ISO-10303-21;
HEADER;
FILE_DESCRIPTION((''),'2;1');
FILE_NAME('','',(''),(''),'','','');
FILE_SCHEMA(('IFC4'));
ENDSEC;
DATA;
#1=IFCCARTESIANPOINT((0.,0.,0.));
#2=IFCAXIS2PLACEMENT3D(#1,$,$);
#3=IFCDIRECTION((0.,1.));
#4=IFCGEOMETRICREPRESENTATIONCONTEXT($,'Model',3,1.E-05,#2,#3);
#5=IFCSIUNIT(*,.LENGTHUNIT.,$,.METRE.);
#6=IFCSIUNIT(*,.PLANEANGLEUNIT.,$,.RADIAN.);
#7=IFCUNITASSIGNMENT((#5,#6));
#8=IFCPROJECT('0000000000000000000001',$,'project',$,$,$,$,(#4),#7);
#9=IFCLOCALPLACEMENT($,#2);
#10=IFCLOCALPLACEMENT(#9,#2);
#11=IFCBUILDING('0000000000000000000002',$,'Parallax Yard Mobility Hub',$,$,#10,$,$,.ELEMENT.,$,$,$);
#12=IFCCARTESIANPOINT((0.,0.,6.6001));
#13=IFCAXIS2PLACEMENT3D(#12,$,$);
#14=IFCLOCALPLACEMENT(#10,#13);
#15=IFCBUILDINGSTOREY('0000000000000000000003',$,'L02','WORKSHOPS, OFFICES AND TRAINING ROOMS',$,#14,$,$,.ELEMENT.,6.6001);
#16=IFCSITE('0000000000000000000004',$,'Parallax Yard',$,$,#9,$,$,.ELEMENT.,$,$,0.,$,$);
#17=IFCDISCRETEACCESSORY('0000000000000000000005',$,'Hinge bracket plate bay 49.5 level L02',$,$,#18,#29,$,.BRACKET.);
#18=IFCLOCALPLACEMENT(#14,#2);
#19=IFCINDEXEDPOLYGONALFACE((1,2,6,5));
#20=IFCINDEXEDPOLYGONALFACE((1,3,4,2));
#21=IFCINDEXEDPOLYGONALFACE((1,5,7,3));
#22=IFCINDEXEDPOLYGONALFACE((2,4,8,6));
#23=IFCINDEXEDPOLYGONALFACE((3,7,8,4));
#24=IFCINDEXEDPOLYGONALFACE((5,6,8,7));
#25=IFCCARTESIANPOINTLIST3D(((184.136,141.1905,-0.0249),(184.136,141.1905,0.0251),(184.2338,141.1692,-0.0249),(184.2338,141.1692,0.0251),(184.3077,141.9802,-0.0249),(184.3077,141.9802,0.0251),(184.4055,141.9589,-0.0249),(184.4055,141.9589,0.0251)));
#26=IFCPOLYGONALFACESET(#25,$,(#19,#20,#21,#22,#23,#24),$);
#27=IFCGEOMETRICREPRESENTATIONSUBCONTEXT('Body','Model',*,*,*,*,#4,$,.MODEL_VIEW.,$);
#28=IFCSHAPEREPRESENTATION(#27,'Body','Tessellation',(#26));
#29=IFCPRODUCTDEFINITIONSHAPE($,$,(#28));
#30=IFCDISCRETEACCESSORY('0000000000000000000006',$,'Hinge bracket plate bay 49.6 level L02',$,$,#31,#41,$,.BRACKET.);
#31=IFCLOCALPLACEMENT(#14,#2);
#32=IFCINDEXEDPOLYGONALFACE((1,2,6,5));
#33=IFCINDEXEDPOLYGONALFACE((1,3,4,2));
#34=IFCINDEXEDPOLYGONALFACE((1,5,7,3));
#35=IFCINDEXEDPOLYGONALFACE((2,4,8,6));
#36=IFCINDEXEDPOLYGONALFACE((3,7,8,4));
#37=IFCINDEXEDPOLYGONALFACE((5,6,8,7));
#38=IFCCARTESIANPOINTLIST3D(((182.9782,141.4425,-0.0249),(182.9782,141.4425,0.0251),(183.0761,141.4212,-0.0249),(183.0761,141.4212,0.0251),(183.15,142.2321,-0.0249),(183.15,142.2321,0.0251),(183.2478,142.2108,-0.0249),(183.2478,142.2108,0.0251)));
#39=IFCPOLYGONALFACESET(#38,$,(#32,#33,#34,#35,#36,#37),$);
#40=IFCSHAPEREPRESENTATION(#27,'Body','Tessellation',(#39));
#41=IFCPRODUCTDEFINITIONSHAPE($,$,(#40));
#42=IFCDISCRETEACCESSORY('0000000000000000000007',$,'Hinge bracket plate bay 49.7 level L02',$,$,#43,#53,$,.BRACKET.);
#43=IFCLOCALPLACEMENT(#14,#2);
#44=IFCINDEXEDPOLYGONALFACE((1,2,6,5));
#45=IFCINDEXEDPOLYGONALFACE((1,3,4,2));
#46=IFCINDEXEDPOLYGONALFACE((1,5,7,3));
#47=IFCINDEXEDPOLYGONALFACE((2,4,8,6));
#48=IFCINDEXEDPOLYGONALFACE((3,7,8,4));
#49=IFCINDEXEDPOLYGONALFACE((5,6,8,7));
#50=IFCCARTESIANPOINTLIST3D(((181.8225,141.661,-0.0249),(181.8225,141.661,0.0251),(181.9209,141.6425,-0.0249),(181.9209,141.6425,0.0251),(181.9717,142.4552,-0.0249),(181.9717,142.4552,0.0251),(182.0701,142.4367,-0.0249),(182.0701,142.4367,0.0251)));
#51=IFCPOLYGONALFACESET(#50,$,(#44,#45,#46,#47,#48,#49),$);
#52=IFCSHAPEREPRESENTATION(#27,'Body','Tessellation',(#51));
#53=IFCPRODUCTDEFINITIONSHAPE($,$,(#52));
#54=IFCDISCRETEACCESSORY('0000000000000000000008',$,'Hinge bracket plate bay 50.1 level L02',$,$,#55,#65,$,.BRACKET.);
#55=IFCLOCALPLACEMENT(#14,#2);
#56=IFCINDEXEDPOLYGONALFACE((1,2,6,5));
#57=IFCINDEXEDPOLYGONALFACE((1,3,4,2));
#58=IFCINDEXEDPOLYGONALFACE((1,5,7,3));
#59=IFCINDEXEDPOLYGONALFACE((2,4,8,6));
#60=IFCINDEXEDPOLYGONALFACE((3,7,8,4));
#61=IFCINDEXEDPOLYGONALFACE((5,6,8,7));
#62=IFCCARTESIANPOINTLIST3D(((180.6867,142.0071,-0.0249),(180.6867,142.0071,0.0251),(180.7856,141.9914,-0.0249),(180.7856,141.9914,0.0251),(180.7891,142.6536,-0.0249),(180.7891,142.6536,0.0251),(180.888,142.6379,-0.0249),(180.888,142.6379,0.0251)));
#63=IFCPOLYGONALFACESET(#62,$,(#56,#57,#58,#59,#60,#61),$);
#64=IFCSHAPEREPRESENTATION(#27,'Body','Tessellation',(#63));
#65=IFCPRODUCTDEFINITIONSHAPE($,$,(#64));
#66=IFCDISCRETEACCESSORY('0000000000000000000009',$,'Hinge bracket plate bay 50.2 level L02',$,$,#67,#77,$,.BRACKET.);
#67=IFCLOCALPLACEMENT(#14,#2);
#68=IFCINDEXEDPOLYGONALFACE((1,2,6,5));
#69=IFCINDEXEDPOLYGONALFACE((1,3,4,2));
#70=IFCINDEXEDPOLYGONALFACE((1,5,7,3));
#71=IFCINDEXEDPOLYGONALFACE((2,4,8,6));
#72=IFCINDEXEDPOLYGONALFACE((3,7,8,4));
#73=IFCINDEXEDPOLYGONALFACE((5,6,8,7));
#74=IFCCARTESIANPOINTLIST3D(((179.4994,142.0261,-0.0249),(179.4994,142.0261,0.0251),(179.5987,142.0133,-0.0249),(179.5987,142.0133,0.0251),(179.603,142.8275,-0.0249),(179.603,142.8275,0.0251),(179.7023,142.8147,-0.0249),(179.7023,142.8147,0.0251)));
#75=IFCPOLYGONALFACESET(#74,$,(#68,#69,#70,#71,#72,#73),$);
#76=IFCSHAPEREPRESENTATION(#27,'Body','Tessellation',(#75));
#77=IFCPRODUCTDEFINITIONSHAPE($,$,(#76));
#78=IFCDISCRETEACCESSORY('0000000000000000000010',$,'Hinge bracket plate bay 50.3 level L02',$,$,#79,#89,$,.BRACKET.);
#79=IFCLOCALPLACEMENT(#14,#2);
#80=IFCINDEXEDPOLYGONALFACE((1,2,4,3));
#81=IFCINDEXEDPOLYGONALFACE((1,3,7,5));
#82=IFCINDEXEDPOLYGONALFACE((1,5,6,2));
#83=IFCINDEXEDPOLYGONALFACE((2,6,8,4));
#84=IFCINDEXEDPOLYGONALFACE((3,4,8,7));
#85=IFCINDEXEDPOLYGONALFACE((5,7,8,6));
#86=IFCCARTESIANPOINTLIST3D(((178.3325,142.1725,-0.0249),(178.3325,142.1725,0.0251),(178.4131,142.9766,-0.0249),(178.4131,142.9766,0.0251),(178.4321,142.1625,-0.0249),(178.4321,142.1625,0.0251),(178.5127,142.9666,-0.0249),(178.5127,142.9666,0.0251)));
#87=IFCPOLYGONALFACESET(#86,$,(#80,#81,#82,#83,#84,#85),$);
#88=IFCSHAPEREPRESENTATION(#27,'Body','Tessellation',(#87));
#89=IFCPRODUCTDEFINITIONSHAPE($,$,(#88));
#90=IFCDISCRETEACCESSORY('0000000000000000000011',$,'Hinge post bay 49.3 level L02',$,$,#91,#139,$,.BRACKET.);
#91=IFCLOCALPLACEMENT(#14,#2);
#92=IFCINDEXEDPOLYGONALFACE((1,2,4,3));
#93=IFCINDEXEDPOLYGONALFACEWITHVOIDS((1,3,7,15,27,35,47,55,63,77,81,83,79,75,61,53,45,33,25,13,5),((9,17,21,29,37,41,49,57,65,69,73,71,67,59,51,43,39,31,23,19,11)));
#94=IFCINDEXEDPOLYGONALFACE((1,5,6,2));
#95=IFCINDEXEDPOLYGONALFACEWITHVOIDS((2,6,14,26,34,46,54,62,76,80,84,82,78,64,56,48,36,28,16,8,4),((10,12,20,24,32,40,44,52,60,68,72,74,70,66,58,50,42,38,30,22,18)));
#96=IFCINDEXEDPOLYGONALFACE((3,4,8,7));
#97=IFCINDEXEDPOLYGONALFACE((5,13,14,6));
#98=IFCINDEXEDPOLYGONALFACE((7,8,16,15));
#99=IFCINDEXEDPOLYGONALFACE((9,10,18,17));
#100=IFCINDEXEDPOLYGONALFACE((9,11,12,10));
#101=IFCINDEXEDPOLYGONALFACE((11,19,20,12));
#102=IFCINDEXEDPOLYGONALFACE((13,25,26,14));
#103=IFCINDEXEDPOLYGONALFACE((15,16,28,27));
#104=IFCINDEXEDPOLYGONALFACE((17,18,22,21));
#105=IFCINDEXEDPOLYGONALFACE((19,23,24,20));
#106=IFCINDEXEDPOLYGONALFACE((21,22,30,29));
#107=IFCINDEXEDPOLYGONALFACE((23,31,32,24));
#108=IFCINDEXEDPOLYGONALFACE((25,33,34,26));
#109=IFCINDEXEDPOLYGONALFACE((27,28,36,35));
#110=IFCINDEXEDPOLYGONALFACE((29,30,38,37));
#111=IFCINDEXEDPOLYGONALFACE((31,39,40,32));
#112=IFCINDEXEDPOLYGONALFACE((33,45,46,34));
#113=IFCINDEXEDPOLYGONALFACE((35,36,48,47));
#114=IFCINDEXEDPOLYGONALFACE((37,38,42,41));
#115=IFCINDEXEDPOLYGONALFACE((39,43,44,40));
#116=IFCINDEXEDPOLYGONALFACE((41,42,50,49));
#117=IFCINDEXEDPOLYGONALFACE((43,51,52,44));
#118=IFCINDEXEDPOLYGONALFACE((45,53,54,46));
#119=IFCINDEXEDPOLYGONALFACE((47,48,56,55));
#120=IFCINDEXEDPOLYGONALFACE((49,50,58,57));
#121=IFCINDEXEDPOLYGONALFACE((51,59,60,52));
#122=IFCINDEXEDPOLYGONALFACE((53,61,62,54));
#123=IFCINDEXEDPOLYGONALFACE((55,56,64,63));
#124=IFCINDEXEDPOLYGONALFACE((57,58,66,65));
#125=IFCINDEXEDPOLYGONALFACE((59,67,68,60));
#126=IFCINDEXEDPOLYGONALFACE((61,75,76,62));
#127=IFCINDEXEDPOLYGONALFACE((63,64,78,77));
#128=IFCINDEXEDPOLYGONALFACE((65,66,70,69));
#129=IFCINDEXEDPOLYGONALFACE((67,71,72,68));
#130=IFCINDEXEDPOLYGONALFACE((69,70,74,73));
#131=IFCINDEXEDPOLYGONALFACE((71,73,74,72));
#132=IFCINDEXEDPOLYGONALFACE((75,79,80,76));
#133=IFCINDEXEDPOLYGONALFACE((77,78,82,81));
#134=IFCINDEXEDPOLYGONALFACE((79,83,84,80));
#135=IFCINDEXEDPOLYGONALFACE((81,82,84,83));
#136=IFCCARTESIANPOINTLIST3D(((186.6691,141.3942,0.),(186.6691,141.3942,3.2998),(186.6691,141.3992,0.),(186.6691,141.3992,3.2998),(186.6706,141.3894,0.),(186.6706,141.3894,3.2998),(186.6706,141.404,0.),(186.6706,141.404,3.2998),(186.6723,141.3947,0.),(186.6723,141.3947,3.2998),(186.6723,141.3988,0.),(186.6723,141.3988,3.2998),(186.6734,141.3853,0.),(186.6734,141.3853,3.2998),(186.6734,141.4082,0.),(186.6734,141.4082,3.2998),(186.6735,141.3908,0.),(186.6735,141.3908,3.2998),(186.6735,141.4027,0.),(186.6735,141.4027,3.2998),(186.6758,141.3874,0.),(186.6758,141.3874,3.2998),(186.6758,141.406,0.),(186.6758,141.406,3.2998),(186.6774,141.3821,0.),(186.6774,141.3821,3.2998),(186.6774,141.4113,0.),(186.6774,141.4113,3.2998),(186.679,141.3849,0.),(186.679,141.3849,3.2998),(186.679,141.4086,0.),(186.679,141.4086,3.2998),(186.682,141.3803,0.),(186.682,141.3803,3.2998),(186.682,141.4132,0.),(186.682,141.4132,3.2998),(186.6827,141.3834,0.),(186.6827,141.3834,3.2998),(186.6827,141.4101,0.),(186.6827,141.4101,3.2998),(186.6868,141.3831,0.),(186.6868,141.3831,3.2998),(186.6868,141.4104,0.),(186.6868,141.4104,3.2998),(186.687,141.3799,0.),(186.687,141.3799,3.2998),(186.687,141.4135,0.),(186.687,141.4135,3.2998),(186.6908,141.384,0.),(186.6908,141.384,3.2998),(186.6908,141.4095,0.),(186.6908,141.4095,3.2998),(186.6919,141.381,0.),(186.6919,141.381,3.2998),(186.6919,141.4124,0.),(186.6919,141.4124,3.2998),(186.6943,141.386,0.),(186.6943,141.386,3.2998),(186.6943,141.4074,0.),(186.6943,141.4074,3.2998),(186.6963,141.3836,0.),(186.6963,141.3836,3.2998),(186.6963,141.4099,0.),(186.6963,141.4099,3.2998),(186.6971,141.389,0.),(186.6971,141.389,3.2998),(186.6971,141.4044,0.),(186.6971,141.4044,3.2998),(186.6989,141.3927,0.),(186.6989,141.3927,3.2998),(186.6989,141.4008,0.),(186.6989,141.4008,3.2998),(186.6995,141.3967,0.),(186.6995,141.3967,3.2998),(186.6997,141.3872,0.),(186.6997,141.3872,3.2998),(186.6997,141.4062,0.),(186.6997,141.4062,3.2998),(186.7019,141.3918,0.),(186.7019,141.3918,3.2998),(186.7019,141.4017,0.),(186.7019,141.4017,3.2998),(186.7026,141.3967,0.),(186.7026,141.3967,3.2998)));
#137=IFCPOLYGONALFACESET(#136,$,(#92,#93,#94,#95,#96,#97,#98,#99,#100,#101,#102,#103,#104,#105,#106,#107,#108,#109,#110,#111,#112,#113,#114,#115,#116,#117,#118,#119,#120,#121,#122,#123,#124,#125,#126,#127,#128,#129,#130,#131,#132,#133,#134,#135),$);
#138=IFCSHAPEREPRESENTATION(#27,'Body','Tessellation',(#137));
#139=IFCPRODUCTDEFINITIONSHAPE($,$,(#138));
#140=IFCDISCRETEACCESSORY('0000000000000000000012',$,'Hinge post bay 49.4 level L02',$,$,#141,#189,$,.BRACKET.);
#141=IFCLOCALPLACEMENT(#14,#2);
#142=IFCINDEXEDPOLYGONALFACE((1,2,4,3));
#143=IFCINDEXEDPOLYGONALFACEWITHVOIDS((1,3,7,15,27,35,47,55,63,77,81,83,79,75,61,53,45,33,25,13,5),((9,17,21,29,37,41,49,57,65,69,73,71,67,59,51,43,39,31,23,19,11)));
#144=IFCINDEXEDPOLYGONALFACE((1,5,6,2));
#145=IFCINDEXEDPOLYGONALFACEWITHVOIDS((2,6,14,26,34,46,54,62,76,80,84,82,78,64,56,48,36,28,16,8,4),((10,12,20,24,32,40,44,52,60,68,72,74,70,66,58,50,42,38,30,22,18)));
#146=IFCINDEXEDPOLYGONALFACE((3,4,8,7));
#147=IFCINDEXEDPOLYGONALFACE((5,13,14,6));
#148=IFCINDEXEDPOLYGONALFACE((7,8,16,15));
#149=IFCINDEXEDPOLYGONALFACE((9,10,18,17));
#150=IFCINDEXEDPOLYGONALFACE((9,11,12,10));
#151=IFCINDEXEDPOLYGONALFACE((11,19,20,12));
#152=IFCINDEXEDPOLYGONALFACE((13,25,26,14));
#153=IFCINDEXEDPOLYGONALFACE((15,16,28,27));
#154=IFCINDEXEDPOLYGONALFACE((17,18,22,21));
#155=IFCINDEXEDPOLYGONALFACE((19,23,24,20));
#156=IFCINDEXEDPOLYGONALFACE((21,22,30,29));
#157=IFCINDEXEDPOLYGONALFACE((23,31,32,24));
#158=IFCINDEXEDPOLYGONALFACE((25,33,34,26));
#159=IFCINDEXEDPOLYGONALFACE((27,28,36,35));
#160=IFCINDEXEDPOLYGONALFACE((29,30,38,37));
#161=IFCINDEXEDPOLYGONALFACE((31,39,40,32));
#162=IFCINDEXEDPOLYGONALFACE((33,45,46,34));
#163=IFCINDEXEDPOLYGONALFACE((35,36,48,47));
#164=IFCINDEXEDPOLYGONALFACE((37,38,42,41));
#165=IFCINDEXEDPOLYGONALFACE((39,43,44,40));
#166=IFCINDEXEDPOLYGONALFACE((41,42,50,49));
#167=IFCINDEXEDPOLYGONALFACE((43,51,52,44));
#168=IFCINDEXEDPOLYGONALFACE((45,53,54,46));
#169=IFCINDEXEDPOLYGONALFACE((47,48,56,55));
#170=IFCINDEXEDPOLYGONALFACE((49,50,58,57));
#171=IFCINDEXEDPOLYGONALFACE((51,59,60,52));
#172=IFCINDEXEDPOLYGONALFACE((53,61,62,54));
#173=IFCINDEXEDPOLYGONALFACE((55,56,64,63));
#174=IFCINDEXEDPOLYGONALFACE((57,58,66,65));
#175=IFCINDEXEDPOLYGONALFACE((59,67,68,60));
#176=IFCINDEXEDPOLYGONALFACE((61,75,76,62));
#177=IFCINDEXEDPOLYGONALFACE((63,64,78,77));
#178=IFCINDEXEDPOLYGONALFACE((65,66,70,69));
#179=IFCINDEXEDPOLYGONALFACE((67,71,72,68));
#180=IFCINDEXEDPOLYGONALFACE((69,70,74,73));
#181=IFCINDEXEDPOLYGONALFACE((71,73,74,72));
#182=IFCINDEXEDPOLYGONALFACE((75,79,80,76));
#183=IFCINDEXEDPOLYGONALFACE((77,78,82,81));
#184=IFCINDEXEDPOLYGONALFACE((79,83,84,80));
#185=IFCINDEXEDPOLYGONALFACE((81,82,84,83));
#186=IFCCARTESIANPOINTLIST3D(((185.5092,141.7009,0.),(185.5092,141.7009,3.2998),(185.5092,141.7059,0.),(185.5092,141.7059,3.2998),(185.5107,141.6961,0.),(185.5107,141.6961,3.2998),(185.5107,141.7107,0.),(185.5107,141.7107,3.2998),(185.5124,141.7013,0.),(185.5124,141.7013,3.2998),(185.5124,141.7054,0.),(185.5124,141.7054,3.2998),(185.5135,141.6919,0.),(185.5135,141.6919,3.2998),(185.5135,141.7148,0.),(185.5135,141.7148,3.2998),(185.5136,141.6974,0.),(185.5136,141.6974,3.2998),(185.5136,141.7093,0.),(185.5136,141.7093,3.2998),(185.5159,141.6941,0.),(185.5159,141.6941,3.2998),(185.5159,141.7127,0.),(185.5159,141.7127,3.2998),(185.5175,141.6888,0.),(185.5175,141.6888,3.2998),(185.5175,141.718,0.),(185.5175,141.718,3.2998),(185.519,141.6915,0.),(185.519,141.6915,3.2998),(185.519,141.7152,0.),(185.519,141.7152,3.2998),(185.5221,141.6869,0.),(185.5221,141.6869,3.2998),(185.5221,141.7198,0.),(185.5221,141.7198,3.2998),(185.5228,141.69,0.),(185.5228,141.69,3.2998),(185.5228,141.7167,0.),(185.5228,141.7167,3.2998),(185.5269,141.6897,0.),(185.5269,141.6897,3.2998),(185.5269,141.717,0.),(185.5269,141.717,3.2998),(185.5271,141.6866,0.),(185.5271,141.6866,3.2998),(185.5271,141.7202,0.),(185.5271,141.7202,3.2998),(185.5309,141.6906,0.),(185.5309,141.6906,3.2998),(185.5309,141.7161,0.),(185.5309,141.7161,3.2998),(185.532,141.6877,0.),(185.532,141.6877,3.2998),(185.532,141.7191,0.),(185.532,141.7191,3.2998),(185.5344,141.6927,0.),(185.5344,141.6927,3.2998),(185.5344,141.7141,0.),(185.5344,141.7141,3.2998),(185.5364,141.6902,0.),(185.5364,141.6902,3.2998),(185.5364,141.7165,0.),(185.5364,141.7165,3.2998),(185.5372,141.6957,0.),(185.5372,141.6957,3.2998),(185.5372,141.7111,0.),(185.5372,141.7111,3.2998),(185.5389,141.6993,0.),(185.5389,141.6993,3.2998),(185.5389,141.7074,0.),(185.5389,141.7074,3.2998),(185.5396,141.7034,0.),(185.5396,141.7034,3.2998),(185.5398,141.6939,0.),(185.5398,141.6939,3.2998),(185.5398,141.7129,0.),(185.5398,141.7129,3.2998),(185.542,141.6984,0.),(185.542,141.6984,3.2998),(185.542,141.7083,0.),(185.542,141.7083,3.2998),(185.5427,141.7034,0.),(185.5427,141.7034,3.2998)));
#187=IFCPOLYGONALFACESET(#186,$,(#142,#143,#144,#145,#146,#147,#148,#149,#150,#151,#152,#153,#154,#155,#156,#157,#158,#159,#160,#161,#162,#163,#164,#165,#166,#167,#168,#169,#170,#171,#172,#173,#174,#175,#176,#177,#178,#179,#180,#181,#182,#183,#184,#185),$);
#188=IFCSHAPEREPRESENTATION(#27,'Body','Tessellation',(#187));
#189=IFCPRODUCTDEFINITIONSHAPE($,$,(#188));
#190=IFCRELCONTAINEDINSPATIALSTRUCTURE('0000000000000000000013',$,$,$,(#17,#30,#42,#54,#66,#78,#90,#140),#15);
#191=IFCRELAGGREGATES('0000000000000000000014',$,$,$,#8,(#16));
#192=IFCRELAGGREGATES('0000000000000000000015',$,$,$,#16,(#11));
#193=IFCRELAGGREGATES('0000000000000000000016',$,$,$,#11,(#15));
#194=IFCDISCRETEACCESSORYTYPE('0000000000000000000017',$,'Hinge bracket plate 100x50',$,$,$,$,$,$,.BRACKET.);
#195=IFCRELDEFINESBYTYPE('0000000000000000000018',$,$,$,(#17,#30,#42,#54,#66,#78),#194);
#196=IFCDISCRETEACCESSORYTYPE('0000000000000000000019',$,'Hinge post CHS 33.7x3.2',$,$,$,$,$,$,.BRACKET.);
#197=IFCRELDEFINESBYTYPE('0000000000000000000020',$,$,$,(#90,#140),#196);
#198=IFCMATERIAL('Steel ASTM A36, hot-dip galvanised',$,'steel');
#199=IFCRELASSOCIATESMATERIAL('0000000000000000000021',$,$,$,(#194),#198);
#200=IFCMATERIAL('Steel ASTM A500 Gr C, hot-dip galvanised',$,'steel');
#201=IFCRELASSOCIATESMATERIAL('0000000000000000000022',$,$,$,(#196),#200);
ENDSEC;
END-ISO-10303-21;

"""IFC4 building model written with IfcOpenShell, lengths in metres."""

from ifc_helpers import new_model, si_unit, direction, frame, origin, origin_2d, place, context, subcontext, project, spatial, rectangle, hollow_circle, extrude, material, material_profile, profile_set, type_object, element, save


model = new_model("IFC4")

# Units and contexts
model_context = context("Model", 3, precision=1e-05, world=origin(), true_north=direction((0.0, 1.0)))
body_context = subcontext(model_context, "Body", "Model", "MODEL_VIEW")
ifc_project = project(units=[si_unit("LENGTHUNIT", "METRE"), si_unit("PLANEANGLEUNIT", "RADIAN")], contexts=[model_context])

# Site, building, storey
site_placement = place(None, origin())
site = spatial("IfcSite", under=ifc_project, at=site_placement, Name="Parallax Yard", CompositionType="ELEMENT", RefElevation=0.0)
building_placement = place(site_placement, origin())
building = spatial("IfcBuilding", under=site, at=building_placement, Name="Parallax Yard Mobility Hub", CompositionType="ELEMENT")
storey_placement = place(building_placement, frame((0.0, 0.0, 6.6001)))
storey = spatial("IfcBuildingStorey", under=building, at=storey_placement, Name="L02", Description="WORKSHOPS, OFFICES AND TRAINING ROOMS", CompositionType="ELEMENT", Elevation=6.6001)

# Discrete accessories
ifc_material_1 = material(Name="Steel ASTM A36, hot-dip galvanised", Category="steel")
discrete_accessory_type_1 = type_object("IfcDiscreteAccessoryType", Name="Hinge bracket plate 100x50", PredefinedType="BRACKET", material=ifc_material_1)
for number, where, z_axis, x_axis, name in (
    (1, (184.2708, 141.5747, -0.0249), (0.0, 0.0, 1.0), (0.212565, 0.977147, 0.0), "Hinge bracket plate bay 49.5 level L02"),
    (2, (183.113, 141.8267, -0.0249), (0.0, 0.0, 1.0), (0.212565, 0.977147, 0.0), "Hinge bracket plate bay 49.6 level L02"),
    (3, (181.9463, 142.0488, -0.0249), (0.0, 0.0, 1.0), (0.184576, 0.982818, 0.0), "Hinge bracket plate bay 49.7 level L02"),
):
    element("IfcDiscreteAccessory", number, at=place(storey_placement, frame(where, z_axis=z_axis, x_axis=x_axis)), inside=storey, type_object=discrete_accessory_type_1, Name=name, PredefinedType="BRACKET", context=body_context, shape_type="SweptSolid", body=[
        extrude(rectangle(XDim=0.8081, YDim=0.1001, at=origin_2d()), origin(), (0.0, 0.0, 1.0), 0.05),
    ])
discrete_accessory_placement = place(storey_placement, frame((180.7874, 142.3225, -0.0249), z_axis=(0.0, 0.0, 1.0), x_axis=(0.156434, 0.987688, 0.0)))
element("IfcDiscreteAccessory", 4, at=discrete_accessory_placement, inside=storey, type_object=discrete_accessory_type_1, Name="Hinge bracket plate bay 50.1 level L02", PredefinedType="BRACKET", context=body_context, shape_type="SweptSolid", body=[
    extrude(rectangle(XDim=0.6545, YDim=0.1001, at=origin_2d()), origin(), (0.0, 0.0, 1.0), 0.05),
])
for number, where, z_axis, x_axis, name in (
    (5, (179.6008, 142.4204, -0.0249), (0.0, 0.0, 1.0), (0.128166, 0.991753, 0.0), "Hinge bracket plate bay 50.2 level L02"),
    (6, (178.4226, 142.5696, -0.0249), (0.0, 0.0, 1.0), (0.099794, 0.995008, 0.0), "Hinge bracket plate bay 50.3 level L02"),
):
    element("IfcDiscreteAccessory", number, at=place(storey_placement, frame(where, z_axis=z_axis, x_axis=x_axis)), inside=storey, type_object=discrete_accessory_type_1, Name=name, PredefinedType="BRACKET", context=body_context, shape_type="SweptSolid", body=[
        extrude(rectangle(XDim=0.8081, YDim=0.1001, at=origin_2d()), origin(), (0.0, 0.0, 1.0), 0.05),
    ])
ifc_material_2 = material(Name="Steel ASTM A500 Gr C, hot-dip galvanised", Category="steel")
ifc_material_profile_1 = material_profile(ifc_material_2, hollow_circle(Radius=0.0168, WallThickness=0.0032, at=origin_2d()), Name="CHS 33.7x3.2")
ifc_profile_set_1 = profile_set([ifc_material_profile_1], Name="Steel ASTM A500 Gr C, hot-dip galvanised")
discrete_accessory_type_2 = type_object("IfcDiscreteAccessoryType", Name="Hinge post CHS 33.7x3.2", PredefinedType="BRACKET", material=ifc_profile_set_1)
for number, where, z_axis, x_axis, name in (
    (7, (186.6858, 141.3967, 0.0), (0.0, 0.0, 1.0), (1.0, 0.0, 0.0), "Hinge post bay 49.3 level L02"),
    (8, (185.5259, 141.7034, 0.0), (0.0, 0.0, 1.0), (1.0, 0.0, 0.0), "Hinge post bay 49.4 level L02"),
):
    element("IfcDiscreteAccessory", number, at=place(storey_placement, frame(where, z_axis=z_axis, x_axis=x_axis)), inside=storey, type_object=discrete_accessory_type_2, Name=name, PredefinedType="BRACKET", context=body_context, shape_type="SweptSolid", body=[
        extrude(hollow_circle(Radius=0.0168, WallThickness=0.0032, at=origin_2d()), origin(), (0.0, 0.0, 1.0), 3.2998),
    ])

save(model, "model.ifc")
